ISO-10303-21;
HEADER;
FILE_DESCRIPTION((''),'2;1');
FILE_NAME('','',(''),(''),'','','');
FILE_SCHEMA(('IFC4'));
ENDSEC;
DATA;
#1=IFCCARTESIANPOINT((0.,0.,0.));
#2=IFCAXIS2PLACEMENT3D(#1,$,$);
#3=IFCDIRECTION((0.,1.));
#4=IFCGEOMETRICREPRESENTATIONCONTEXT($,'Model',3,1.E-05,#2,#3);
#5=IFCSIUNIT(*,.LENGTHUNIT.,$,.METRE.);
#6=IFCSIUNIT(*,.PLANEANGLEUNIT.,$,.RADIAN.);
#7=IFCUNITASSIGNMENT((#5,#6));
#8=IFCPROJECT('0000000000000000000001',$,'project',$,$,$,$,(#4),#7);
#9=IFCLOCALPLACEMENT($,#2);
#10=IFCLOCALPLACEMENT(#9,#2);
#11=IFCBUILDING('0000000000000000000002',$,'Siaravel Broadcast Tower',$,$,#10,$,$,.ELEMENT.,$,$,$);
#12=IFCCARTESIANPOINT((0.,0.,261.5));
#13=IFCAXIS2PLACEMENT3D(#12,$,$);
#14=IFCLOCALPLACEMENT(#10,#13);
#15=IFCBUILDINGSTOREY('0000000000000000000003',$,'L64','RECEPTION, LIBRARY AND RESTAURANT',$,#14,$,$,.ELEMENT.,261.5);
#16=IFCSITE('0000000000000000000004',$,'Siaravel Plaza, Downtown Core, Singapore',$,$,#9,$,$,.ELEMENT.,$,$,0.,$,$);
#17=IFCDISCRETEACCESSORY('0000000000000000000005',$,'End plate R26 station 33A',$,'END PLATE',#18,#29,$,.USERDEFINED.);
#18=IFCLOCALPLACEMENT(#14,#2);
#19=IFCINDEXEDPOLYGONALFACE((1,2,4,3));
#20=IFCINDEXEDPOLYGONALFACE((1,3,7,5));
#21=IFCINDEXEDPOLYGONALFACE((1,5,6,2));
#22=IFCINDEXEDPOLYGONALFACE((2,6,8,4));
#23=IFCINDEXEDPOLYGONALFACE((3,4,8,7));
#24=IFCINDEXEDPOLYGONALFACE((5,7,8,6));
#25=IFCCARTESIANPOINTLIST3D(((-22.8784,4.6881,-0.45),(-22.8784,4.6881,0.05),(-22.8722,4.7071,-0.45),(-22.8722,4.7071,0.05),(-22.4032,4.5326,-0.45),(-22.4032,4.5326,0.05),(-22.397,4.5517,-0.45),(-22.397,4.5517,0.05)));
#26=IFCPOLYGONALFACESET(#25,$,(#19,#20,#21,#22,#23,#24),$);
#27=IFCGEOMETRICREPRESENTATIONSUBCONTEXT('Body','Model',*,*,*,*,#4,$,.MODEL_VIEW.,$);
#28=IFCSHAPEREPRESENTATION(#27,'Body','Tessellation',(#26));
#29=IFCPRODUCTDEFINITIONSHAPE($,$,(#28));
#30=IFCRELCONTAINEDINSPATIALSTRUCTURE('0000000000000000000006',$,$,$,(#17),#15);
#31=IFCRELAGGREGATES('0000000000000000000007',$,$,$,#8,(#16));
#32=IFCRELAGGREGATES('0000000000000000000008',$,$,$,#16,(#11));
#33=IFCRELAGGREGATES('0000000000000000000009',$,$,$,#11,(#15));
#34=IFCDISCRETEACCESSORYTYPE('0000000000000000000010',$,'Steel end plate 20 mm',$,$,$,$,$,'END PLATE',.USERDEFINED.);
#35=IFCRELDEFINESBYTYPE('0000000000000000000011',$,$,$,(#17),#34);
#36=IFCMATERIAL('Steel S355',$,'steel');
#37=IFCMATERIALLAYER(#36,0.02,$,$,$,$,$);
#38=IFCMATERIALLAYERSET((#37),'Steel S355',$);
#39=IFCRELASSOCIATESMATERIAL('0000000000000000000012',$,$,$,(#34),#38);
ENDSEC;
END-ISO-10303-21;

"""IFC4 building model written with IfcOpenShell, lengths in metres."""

from ifc_helpers import new_model, si_unit, direction, frame, origin, origin_2d, place, context, subcontext, project, spatial, rectangle, extrude, material, layer, layer_set, type_object, element, save


model = new_model("IFC4")

# Units and contexts
model_context = context("Model", 3, precision=1e-05, world=origin(), true_north=direction((0.0, 1.0)))
body_context = subcontext(model_context, "Body", "Model", "MODEL_VIEW")
ifc_project = project(units=[si_unit("LENGTHUNIT", "METRE"), si_unit("PLANEANGLEUNIT", "RADIAN")], contexts=[model_context])

# Site, building, storey
site_placement = place(None, origin())
site = spatial("IfcSite", under=ifc_project, at=site_placement, Name="Siaravel Plaza, Downtown Core, Singapore", CompositionType="ELEMENT", RefElevation=0.0)
building_placement = place(site_placement, origin())
building = spatial("IfcBuilding", under=site, at=building_placement, Name="Siaravel Broadcast Tower", CompositionType="ELEMENT")
storey_placement = place(building_placement, frame((0.0, 0.0, 261.5)))
storey = spatial("IfcBuildingStorey", under=building, at=storey_placement, Name="L64", Description="RECEPTION, LIBRARY AND RESTAURANT", CompositionType="ELEMENT", Elevation=261.5)

# Shared definitions
ifc_material_1 = material(Name="Steel S355", Category="steel")

# Discrete accessory
ifc_layer_1 = layer(ifc_material_1, 0.02)
ifc_layer_set_1 = layer_set([ifc_layer_1], Name="Steel S355")
discrete_accessory_type = type_object("IfcDiscreteAccessoryType", Name="Steel end plate 20 mm", ElementType="END PLATE", PredefinedType="USERDEFINED", material=ifc_layer_set_1)
discrete_accessory_placement = place(storey_placement, frame((-22.6377, 4.6199, -0.45), z_axis=(0.0, 0.0, 1.0), x_axis=(-0.310909, -0.95044, 0.0)))
element("IfcDiscreteAccessory", 1, at=discrete_accessory_placement, inside=storey, type_object=discrete_accessory_type, Name="End plate R26 station 33A", ObjectType="END PLATE", PredefinedType="USERDEFINED", context=body_context, shape_type="SweptSolid", body=[
    extrude(rectangle(XDim=0.02, YDim=0.5, at=origin_2d()), origin(), (0.0, 0.0, 1.0), 0.5),
])

save(model, "model.ifc")
